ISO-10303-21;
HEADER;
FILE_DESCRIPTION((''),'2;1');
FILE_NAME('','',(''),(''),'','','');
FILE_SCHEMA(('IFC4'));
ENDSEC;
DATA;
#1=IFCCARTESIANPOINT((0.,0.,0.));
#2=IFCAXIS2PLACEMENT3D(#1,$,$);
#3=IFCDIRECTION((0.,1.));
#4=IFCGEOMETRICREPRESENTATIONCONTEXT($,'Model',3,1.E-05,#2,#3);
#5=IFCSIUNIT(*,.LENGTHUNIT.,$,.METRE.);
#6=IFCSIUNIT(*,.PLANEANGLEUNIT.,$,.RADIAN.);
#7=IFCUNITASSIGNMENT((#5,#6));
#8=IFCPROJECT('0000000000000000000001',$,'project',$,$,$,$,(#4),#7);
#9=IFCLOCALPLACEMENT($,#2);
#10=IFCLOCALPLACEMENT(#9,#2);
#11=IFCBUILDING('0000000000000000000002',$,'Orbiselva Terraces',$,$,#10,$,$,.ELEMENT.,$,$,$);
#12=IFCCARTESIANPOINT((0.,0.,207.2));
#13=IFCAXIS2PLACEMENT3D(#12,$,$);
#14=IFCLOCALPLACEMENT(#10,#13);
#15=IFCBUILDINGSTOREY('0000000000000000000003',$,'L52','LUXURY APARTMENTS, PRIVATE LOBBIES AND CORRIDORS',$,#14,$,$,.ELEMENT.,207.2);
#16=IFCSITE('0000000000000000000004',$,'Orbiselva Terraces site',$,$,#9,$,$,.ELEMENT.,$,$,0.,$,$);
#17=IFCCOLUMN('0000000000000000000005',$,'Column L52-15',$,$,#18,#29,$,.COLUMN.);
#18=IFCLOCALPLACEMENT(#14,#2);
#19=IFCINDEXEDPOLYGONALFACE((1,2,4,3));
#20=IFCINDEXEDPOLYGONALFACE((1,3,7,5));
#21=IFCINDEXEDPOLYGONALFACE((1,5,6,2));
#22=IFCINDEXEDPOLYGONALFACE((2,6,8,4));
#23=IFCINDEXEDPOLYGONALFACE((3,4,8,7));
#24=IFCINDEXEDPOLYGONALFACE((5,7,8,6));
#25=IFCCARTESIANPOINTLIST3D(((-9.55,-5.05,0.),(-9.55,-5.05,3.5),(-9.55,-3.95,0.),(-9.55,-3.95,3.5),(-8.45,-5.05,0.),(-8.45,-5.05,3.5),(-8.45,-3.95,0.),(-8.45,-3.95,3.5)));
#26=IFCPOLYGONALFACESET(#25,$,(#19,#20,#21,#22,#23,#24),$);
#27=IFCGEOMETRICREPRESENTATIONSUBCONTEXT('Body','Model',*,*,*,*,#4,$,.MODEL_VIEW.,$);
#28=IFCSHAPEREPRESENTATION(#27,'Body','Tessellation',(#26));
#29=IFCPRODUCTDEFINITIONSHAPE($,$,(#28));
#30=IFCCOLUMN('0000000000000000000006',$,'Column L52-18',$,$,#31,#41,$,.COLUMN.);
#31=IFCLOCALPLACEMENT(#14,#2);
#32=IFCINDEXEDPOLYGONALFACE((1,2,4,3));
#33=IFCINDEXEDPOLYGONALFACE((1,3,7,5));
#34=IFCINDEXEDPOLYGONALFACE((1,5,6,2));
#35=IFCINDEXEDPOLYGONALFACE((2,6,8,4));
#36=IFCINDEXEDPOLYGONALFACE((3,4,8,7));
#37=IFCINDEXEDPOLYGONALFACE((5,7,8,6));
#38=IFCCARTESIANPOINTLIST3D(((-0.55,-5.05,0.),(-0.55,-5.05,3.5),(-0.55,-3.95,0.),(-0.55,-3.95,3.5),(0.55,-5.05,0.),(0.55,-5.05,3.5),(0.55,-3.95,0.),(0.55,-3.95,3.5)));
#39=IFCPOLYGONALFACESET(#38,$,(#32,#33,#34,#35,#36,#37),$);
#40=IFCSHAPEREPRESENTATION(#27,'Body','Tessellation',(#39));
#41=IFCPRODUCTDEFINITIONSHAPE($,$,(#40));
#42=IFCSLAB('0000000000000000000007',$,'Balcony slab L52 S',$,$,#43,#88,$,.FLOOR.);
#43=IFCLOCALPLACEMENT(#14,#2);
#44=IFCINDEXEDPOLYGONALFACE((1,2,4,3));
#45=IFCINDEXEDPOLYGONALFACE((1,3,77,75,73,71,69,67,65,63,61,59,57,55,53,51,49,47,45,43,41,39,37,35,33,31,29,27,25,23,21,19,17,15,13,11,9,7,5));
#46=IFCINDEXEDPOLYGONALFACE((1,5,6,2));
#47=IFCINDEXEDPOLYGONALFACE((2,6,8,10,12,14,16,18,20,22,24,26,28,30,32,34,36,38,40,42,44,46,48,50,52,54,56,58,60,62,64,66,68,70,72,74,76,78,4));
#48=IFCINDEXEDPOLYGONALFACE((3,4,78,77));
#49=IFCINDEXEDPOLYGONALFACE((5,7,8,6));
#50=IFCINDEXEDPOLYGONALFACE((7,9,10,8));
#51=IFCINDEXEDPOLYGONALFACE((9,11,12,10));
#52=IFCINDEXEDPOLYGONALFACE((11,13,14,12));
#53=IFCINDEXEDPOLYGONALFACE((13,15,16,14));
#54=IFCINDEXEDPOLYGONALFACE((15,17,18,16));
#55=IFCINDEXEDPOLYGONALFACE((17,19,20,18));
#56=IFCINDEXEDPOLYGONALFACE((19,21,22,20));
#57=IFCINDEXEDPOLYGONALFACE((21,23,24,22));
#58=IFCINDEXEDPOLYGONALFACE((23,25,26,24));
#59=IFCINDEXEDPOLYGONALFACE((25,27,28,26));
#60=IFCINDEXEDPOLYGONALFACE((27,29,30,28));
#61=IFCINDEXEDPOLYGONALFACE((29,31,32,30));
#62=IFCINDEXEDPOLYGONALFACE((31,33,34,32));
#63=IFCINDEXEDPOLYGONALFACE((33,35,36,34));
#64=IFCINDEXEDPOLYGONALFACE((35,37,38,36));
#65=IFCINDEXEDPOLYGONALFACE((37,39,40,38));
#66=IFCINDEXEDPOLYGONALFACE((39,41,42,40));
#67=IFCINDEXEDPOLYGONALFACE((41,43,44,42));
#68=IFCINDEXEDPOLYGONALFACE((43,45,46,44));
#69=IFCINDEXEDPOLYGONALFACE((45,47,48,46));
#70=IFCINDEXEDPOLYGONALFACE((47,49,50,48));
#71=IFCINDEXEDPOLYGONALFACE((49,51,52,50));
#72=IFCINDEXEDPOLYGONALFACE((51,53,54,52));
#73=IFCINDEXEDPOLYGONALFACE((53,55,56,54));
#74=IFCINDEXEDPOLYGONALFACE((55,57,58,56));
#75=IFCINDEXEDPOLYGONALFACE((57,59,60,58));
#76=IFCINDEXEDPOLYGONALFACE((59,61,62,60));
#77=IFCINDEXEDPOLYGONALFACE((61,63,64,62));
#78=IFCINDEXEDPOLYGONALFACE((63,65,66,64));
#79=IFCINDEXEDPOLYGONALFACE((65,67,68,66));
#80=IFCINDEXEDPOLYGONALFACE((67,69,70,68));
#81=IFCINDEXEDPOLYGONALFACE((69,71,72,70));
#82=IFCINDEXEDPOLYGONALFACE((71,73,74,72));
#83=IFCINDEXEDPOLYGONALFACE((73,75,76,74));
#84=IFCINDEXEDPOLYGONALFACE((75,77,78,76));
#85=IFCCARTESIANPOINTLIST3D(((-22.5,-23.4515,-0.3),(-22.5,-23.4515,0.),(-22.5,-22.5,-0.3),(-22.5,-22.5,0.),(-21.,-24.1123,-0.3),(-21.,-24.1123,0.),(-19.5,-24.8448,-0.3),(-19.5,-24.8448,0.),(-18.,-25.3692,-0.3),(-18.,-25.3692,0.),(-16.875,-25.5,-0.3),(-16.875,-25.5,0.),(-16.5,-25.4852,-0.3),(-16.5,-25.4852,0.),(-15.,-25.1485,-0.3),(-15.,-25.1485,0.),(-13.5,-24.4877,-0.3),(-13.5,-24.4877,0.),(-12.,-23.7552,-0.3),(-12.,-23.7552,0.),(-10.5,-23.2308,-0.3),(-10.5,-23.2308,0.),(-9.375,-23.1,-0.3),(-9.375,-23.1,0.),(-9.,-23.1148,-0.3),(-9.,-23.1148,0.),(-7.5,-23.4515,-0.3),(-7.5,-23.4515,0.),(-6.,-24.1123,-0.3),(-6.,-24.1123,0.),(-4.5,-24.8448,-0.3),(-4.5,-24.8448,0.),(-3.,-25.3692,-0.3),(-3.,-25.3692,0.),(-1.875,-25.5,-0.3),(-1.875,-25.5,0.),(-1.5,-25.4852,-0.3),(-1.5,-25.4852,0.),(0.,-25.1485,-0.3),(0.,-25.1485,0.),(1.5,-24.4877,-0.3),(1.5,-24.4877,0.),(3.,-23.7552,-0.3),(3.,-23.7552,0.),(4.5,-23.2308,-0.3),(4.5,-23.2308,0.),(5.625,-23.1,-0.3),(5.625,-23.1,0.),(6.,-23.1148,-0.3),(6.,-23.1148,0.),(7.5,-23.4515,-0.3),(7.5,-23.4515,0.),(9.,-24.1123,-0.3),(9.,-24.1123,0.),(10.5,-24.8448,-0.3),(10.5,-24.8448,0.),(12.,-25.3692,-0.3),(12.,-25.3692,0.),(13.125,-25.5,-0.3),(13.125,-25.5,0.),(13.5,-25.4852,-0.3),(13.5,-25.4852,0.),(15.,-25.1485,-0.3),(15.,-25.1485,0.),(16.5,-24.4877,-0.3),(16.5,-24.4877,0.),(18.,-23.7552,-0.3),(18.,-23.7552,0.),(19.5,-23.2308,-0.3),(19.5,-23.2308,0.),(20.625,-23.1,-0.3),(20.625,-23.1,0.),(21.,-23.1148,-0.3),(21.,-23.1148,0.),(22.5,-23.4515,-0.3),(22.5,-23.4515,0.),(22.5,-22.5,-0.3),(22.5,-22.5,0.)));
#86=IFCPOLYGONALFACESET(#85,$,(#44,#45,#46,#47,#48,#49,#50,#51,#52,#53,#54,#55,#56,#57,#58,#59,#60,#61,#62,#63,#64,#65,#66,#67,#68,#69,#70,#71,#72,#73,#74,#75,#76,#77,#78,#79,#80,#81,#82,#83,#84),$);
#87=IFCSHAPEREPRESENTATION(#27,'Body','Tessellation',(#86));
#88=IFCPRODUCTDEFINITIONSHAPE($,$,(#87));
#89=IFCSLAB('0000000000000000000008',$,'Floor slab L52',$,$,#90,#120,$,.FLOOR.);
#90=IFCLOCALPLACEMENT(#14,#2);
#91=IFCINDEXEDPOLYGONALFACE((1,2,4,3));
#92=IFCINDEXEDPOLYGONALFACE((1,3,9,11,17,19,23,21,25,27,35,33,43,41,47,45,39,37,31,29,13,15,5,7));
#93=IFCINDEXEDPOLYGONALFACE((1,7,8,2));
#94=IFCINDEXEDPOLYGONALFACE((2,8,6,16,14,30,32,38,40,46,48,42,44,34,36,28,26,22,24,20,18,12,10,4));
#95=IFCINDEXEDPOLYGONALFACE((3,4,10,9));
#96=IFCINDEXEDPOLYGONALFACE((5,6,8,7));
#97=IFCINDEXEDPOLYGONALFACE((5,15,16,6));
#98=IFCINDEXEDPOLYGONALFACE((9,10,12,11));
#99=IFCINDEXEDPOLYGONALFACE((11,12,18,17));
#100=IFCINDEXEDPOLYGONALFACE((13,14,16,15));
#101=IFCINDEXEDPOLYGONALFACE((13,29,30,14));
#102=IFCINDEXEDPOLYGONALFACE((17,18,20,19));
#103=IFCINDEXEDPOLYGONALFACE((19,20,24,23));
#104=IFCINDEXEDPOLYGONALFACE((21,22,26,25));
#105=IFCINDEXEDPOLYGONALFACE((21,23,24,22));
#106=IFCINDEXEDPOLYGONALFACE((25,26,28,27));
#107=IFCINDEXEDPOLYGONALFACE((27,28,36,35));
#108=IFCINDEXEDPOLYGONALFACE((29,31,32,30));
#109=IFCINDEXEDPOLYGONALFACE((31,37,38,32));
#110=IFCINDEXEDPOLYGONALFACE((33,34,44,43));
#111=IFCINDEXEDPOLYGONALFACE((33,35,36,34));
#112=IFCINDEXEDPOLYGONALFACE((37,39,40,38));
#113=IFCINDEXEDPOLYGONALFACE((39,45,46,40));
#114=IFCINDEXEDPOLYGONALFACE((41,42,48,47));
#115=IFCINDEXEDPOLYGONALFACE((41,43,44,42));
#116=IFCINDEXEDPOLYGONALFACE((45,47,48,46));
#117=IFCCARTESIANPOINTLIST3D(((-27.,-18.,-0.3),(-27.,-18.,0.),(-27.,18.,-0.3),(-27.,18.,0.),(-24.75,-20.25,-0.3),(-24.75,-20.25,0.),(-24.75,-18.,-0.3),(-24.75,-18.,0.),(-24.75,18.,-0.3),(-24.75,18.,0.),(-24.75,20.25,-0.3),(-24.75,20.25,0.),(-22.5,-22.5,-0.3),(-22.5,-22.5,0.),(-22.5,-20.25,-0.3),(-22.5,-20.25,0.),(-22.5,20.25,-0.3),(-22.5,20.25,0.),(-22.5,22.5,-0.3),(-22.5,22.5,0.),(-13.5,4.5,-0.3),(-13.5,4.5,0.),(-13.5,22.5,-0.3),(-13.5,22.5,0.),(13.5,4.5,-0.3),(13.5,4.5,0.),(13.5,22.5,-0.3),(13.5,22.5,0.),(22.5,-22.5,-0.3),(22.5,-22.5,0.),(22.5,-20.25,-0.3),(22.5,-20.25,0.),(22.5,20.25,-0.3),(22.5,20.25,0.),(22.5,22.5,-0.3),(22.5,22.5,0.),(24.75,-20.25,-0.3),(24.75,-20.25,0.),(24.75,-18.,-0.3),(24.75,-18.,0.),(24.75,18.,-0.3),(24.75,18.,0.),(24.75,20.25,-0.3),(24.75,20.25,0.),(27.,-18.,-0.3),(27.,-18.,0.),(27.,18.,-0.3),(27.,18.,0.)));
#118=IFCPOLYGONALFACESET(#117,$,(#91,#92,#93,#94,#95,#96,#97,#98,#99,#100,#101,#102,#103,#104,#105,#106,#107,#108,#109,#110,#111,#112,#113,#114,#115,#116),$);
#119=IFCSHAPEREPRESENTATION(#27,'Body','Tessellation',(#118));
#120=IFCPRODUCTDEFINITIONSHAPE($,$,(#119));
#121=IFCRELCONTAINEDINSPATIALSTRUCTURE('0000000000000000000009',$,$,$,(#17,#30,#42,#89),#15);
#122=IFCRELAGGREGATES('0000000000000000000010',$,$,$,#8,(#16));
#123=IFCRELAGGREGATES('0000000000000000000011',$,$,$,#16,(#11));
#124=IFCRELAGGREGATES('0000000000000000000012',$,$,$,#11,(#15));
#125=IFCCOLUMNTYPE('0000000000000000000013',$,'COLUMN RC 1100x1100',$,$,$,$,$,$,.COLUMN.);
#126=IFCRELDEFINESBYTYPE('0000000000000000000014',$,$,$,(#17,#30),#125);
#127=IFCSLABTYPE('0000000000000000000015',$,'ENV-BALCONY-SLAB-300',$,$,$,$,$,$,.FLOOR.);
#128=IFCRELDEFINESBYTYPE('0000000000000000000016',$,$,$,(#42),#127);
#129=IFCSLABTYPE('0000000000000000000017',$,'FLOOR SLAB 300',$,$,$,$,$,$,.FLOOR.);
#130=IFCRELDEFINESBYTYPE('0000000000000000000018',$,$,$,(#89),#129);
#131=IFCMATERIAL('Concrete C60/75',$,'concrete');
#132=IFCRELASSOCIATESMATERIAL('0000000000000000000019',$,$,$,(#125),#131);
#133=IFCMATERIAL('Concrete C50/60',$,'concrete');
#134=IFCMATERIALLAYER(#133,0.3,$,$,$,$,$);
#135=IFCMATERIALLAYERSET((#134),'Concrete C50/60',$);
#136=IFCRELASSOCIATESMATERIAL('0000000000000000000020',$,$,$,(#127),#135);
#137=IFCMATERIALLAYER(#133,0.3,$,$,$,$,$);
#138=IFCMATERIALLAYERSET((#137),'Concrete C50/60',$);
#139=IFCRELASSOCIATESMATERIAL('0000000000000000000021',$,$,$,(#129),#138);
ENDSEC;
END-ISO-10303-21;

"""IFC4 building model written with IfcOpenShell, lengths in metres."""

from ifc_helpers import new_model, si_unit, direction, frame, origin, origin_2d, place, context, subcontext, project, spatial, polyline, rectangle, outline, extrude, material, layer, layer_set, material_profile, profile_set, type_object, element, save


model = new_model("IFC4")

# Units and contexts
model_context = context("Model", 3, precision=1e-05, world=origin(), true_north=direction((0.0, 1.0)))
body_context = subcontext(model_context, "Body", "Model", "MODEL_VIEW")
ifc_project = project(units=[si_unit("LENGTHUNIT", "METRE"), si_unit("PLANEANGLEUNIT", "RADIAN")], contexts=[model_context])

# Site, building, storey
site_placement = place(None, origin())
site = spatial("IfcSite", under=ifc_project, at=site_placement, Name="Orbiselva Terraces site", CompositionType="ELEMENT", RefElevation=0.0)
building_placement = place(site_placement, origin())
building = spatial("IfcBuilding", under=site, at=building_placement, Name="Orbiselva Terraces", CompositionType="ELEMENT")
storey_placement = place(building_placement, frame((0.0, 0.0, 207.2)))
storey = spatial("IfcBuildingStorey", under=building, at=storey_placement, Name="L52", Description="LUXURY APARTMENTS, PRIVATE LOBBIES AND CORRIDORS", CompositionType="ELEMENT", Elevation=207.2)

# Columns
ifc_material_1 = material(Name="Concrete C60/75", Category="concrete")
ifc_material_profile = material_profile(ifc_material_1, rectangle(XDim=1.1, YDim=1.1, at=origin_2d()), Name="RC 1100x1100")
ifc_profile_set = profile_set([ifc_material_profile], Name="Concrete C60/75")
column_type = type_object("IfcColumnType", Name="COLUMN RC 1100x1100", PredefinedType="COLUMN", material=ifc_profile_set)
for number, where, z_axis, x_axis, name in (
    (1, (-9.0, -4.5, 0.0), (0.0, 0.0, 1.0), (1.0, 0.0, 0.0), "Column L52-15"),
    (2, (0.0, -4.5, 0.0), (0.0, 0.0, 1.0), (1.0, 0.0, 0.0), "Column L52-18"),
):
    element("IfcColumn", number, at=place(storey_placement, frame(where, z_axis=z_axis, x_axis=x_axis)), inside=storey, type_object=column_type, Name=name, PredefinedType="COLUMN", context=body_context, shape_type="SweptSolid", body=[
        extrude(rectangle(XDim=1.1, YDim=1.1, at=origin_2d()), origin(), (0.0, 0.0, 1.0), 3.5),
    ])

# Slabs
ifc_material_2 = material(Name="Concrete C50/60", Category="concrete")
ifc_layer_1 = layer(ifc_material_2, 0.3)
ifc_layer_set_1 = layer_set([ifc_layer_1], Name="Concrete C50/60")
slab_type_1 = type_object("IfcSlabType", Name="ENV-BALCONY-SLAB-300", PredefinedType="FLOOR", material=ifc_layer_set_1)
slab_1_placement = place(storey_placement, frame((0.0, 0.0, -0.3)))
element("IfcSlab", 3, at=slab_1_placement, inside=storey, type_object=slab_type_1, Name="Balcony slab L52 S", PredefinedType="FLOOR", context=body_context, shape_type="SweptSolid", body=[
    extrude(outline(polyline([(-22.5, -23.4515), (-21.0, -24.1123), (-19.5, -24.8448), (-18.0, -25.3692), (-16.875, -25.5), (-16.5, -25.4852), (-15.0, -25.1485), (-13.5, -24.4877), (-12.0, -23.7552), (-10.5, -23.2308), (-9.375, -23.1), (-9.0, -23.1148), (-7.5, -23.4515), (-6.0, -24.1123), (-4.5, -24.8448), (-3.0, -25.3692), (-1.875, -25.5), (-1.5, -25.4852), (0.0, -25.1485), (1.5, -24.4877), (3.0, -23.7552), (4.5, -23.2308), (5.625, -23.1), (6.0, -23.1148), (7.5, -23.4515), (9.0, -24.1123), (10.5, -24.8448), (12.0, -25.3692), (13.125, -25.5), (13.5, -25.4852), (15.0, -25.1485), (16.5, -24.4877), (18.0, -23.7552), (19.5, -23.2308), (20.625, -23.1), (21.0, -23.1148), (22.5, -23.4515), (22.5, -22.5), (-22.5, -22.5), (-22.5, -23.4515)])), origin(), (0.0, 0.0, 1.0), 0.3),
])
ifc_layer_2 = layer(ifc_material_2, 0.3)
ifc_layer_set_2 = layer_set([ifc_layer_2], Name="Concrete C50/60")
slab_type_2 = type_object("IfcSlabType", Name="FLOOR SLAB 300", PredefinedType="FLOOR", material=ifc_layer_set_2)
slab_2_placement = place(storey_placement, frame((0.0, 0.0, -0.3)))
element("IfcSlab", 4, at=slab_2_placement, inside=storey, type_object=slab_type_2, Name="Floor slab L52", PredefinedType="FLOOR", context=body_context, shape_type="SweptSolid", body=[
    extrude(outline(polyline([(22.5, 22.5), (22.5, 20.25), (24.75, 20.25), (24.75, 18.0), (27.0, 18.0), (27.0, -18.0), (24.75, -18.0), (24.75, -20.25), (22.5, -20.25), (22.5, -22.5), (-22.5, -22.5), (-22.5, -20.25), (-24.75, -20.25), (-24.75, -18.0), (-27.0, -18.0), (-27.0, 18.0), (-24.75, 18.0), (-24.75, 20.25), (-22.5, 20.25), (-22.5, 22.5), (-13.5, 22.5), (-13.5, 4.5), (13.5, 4.5), (13.5, 22.5), (22.5, 22.5)])), origin(), (0.0, 0.0, 1.0), 0.3),
])

save(model, "model.ifc")
